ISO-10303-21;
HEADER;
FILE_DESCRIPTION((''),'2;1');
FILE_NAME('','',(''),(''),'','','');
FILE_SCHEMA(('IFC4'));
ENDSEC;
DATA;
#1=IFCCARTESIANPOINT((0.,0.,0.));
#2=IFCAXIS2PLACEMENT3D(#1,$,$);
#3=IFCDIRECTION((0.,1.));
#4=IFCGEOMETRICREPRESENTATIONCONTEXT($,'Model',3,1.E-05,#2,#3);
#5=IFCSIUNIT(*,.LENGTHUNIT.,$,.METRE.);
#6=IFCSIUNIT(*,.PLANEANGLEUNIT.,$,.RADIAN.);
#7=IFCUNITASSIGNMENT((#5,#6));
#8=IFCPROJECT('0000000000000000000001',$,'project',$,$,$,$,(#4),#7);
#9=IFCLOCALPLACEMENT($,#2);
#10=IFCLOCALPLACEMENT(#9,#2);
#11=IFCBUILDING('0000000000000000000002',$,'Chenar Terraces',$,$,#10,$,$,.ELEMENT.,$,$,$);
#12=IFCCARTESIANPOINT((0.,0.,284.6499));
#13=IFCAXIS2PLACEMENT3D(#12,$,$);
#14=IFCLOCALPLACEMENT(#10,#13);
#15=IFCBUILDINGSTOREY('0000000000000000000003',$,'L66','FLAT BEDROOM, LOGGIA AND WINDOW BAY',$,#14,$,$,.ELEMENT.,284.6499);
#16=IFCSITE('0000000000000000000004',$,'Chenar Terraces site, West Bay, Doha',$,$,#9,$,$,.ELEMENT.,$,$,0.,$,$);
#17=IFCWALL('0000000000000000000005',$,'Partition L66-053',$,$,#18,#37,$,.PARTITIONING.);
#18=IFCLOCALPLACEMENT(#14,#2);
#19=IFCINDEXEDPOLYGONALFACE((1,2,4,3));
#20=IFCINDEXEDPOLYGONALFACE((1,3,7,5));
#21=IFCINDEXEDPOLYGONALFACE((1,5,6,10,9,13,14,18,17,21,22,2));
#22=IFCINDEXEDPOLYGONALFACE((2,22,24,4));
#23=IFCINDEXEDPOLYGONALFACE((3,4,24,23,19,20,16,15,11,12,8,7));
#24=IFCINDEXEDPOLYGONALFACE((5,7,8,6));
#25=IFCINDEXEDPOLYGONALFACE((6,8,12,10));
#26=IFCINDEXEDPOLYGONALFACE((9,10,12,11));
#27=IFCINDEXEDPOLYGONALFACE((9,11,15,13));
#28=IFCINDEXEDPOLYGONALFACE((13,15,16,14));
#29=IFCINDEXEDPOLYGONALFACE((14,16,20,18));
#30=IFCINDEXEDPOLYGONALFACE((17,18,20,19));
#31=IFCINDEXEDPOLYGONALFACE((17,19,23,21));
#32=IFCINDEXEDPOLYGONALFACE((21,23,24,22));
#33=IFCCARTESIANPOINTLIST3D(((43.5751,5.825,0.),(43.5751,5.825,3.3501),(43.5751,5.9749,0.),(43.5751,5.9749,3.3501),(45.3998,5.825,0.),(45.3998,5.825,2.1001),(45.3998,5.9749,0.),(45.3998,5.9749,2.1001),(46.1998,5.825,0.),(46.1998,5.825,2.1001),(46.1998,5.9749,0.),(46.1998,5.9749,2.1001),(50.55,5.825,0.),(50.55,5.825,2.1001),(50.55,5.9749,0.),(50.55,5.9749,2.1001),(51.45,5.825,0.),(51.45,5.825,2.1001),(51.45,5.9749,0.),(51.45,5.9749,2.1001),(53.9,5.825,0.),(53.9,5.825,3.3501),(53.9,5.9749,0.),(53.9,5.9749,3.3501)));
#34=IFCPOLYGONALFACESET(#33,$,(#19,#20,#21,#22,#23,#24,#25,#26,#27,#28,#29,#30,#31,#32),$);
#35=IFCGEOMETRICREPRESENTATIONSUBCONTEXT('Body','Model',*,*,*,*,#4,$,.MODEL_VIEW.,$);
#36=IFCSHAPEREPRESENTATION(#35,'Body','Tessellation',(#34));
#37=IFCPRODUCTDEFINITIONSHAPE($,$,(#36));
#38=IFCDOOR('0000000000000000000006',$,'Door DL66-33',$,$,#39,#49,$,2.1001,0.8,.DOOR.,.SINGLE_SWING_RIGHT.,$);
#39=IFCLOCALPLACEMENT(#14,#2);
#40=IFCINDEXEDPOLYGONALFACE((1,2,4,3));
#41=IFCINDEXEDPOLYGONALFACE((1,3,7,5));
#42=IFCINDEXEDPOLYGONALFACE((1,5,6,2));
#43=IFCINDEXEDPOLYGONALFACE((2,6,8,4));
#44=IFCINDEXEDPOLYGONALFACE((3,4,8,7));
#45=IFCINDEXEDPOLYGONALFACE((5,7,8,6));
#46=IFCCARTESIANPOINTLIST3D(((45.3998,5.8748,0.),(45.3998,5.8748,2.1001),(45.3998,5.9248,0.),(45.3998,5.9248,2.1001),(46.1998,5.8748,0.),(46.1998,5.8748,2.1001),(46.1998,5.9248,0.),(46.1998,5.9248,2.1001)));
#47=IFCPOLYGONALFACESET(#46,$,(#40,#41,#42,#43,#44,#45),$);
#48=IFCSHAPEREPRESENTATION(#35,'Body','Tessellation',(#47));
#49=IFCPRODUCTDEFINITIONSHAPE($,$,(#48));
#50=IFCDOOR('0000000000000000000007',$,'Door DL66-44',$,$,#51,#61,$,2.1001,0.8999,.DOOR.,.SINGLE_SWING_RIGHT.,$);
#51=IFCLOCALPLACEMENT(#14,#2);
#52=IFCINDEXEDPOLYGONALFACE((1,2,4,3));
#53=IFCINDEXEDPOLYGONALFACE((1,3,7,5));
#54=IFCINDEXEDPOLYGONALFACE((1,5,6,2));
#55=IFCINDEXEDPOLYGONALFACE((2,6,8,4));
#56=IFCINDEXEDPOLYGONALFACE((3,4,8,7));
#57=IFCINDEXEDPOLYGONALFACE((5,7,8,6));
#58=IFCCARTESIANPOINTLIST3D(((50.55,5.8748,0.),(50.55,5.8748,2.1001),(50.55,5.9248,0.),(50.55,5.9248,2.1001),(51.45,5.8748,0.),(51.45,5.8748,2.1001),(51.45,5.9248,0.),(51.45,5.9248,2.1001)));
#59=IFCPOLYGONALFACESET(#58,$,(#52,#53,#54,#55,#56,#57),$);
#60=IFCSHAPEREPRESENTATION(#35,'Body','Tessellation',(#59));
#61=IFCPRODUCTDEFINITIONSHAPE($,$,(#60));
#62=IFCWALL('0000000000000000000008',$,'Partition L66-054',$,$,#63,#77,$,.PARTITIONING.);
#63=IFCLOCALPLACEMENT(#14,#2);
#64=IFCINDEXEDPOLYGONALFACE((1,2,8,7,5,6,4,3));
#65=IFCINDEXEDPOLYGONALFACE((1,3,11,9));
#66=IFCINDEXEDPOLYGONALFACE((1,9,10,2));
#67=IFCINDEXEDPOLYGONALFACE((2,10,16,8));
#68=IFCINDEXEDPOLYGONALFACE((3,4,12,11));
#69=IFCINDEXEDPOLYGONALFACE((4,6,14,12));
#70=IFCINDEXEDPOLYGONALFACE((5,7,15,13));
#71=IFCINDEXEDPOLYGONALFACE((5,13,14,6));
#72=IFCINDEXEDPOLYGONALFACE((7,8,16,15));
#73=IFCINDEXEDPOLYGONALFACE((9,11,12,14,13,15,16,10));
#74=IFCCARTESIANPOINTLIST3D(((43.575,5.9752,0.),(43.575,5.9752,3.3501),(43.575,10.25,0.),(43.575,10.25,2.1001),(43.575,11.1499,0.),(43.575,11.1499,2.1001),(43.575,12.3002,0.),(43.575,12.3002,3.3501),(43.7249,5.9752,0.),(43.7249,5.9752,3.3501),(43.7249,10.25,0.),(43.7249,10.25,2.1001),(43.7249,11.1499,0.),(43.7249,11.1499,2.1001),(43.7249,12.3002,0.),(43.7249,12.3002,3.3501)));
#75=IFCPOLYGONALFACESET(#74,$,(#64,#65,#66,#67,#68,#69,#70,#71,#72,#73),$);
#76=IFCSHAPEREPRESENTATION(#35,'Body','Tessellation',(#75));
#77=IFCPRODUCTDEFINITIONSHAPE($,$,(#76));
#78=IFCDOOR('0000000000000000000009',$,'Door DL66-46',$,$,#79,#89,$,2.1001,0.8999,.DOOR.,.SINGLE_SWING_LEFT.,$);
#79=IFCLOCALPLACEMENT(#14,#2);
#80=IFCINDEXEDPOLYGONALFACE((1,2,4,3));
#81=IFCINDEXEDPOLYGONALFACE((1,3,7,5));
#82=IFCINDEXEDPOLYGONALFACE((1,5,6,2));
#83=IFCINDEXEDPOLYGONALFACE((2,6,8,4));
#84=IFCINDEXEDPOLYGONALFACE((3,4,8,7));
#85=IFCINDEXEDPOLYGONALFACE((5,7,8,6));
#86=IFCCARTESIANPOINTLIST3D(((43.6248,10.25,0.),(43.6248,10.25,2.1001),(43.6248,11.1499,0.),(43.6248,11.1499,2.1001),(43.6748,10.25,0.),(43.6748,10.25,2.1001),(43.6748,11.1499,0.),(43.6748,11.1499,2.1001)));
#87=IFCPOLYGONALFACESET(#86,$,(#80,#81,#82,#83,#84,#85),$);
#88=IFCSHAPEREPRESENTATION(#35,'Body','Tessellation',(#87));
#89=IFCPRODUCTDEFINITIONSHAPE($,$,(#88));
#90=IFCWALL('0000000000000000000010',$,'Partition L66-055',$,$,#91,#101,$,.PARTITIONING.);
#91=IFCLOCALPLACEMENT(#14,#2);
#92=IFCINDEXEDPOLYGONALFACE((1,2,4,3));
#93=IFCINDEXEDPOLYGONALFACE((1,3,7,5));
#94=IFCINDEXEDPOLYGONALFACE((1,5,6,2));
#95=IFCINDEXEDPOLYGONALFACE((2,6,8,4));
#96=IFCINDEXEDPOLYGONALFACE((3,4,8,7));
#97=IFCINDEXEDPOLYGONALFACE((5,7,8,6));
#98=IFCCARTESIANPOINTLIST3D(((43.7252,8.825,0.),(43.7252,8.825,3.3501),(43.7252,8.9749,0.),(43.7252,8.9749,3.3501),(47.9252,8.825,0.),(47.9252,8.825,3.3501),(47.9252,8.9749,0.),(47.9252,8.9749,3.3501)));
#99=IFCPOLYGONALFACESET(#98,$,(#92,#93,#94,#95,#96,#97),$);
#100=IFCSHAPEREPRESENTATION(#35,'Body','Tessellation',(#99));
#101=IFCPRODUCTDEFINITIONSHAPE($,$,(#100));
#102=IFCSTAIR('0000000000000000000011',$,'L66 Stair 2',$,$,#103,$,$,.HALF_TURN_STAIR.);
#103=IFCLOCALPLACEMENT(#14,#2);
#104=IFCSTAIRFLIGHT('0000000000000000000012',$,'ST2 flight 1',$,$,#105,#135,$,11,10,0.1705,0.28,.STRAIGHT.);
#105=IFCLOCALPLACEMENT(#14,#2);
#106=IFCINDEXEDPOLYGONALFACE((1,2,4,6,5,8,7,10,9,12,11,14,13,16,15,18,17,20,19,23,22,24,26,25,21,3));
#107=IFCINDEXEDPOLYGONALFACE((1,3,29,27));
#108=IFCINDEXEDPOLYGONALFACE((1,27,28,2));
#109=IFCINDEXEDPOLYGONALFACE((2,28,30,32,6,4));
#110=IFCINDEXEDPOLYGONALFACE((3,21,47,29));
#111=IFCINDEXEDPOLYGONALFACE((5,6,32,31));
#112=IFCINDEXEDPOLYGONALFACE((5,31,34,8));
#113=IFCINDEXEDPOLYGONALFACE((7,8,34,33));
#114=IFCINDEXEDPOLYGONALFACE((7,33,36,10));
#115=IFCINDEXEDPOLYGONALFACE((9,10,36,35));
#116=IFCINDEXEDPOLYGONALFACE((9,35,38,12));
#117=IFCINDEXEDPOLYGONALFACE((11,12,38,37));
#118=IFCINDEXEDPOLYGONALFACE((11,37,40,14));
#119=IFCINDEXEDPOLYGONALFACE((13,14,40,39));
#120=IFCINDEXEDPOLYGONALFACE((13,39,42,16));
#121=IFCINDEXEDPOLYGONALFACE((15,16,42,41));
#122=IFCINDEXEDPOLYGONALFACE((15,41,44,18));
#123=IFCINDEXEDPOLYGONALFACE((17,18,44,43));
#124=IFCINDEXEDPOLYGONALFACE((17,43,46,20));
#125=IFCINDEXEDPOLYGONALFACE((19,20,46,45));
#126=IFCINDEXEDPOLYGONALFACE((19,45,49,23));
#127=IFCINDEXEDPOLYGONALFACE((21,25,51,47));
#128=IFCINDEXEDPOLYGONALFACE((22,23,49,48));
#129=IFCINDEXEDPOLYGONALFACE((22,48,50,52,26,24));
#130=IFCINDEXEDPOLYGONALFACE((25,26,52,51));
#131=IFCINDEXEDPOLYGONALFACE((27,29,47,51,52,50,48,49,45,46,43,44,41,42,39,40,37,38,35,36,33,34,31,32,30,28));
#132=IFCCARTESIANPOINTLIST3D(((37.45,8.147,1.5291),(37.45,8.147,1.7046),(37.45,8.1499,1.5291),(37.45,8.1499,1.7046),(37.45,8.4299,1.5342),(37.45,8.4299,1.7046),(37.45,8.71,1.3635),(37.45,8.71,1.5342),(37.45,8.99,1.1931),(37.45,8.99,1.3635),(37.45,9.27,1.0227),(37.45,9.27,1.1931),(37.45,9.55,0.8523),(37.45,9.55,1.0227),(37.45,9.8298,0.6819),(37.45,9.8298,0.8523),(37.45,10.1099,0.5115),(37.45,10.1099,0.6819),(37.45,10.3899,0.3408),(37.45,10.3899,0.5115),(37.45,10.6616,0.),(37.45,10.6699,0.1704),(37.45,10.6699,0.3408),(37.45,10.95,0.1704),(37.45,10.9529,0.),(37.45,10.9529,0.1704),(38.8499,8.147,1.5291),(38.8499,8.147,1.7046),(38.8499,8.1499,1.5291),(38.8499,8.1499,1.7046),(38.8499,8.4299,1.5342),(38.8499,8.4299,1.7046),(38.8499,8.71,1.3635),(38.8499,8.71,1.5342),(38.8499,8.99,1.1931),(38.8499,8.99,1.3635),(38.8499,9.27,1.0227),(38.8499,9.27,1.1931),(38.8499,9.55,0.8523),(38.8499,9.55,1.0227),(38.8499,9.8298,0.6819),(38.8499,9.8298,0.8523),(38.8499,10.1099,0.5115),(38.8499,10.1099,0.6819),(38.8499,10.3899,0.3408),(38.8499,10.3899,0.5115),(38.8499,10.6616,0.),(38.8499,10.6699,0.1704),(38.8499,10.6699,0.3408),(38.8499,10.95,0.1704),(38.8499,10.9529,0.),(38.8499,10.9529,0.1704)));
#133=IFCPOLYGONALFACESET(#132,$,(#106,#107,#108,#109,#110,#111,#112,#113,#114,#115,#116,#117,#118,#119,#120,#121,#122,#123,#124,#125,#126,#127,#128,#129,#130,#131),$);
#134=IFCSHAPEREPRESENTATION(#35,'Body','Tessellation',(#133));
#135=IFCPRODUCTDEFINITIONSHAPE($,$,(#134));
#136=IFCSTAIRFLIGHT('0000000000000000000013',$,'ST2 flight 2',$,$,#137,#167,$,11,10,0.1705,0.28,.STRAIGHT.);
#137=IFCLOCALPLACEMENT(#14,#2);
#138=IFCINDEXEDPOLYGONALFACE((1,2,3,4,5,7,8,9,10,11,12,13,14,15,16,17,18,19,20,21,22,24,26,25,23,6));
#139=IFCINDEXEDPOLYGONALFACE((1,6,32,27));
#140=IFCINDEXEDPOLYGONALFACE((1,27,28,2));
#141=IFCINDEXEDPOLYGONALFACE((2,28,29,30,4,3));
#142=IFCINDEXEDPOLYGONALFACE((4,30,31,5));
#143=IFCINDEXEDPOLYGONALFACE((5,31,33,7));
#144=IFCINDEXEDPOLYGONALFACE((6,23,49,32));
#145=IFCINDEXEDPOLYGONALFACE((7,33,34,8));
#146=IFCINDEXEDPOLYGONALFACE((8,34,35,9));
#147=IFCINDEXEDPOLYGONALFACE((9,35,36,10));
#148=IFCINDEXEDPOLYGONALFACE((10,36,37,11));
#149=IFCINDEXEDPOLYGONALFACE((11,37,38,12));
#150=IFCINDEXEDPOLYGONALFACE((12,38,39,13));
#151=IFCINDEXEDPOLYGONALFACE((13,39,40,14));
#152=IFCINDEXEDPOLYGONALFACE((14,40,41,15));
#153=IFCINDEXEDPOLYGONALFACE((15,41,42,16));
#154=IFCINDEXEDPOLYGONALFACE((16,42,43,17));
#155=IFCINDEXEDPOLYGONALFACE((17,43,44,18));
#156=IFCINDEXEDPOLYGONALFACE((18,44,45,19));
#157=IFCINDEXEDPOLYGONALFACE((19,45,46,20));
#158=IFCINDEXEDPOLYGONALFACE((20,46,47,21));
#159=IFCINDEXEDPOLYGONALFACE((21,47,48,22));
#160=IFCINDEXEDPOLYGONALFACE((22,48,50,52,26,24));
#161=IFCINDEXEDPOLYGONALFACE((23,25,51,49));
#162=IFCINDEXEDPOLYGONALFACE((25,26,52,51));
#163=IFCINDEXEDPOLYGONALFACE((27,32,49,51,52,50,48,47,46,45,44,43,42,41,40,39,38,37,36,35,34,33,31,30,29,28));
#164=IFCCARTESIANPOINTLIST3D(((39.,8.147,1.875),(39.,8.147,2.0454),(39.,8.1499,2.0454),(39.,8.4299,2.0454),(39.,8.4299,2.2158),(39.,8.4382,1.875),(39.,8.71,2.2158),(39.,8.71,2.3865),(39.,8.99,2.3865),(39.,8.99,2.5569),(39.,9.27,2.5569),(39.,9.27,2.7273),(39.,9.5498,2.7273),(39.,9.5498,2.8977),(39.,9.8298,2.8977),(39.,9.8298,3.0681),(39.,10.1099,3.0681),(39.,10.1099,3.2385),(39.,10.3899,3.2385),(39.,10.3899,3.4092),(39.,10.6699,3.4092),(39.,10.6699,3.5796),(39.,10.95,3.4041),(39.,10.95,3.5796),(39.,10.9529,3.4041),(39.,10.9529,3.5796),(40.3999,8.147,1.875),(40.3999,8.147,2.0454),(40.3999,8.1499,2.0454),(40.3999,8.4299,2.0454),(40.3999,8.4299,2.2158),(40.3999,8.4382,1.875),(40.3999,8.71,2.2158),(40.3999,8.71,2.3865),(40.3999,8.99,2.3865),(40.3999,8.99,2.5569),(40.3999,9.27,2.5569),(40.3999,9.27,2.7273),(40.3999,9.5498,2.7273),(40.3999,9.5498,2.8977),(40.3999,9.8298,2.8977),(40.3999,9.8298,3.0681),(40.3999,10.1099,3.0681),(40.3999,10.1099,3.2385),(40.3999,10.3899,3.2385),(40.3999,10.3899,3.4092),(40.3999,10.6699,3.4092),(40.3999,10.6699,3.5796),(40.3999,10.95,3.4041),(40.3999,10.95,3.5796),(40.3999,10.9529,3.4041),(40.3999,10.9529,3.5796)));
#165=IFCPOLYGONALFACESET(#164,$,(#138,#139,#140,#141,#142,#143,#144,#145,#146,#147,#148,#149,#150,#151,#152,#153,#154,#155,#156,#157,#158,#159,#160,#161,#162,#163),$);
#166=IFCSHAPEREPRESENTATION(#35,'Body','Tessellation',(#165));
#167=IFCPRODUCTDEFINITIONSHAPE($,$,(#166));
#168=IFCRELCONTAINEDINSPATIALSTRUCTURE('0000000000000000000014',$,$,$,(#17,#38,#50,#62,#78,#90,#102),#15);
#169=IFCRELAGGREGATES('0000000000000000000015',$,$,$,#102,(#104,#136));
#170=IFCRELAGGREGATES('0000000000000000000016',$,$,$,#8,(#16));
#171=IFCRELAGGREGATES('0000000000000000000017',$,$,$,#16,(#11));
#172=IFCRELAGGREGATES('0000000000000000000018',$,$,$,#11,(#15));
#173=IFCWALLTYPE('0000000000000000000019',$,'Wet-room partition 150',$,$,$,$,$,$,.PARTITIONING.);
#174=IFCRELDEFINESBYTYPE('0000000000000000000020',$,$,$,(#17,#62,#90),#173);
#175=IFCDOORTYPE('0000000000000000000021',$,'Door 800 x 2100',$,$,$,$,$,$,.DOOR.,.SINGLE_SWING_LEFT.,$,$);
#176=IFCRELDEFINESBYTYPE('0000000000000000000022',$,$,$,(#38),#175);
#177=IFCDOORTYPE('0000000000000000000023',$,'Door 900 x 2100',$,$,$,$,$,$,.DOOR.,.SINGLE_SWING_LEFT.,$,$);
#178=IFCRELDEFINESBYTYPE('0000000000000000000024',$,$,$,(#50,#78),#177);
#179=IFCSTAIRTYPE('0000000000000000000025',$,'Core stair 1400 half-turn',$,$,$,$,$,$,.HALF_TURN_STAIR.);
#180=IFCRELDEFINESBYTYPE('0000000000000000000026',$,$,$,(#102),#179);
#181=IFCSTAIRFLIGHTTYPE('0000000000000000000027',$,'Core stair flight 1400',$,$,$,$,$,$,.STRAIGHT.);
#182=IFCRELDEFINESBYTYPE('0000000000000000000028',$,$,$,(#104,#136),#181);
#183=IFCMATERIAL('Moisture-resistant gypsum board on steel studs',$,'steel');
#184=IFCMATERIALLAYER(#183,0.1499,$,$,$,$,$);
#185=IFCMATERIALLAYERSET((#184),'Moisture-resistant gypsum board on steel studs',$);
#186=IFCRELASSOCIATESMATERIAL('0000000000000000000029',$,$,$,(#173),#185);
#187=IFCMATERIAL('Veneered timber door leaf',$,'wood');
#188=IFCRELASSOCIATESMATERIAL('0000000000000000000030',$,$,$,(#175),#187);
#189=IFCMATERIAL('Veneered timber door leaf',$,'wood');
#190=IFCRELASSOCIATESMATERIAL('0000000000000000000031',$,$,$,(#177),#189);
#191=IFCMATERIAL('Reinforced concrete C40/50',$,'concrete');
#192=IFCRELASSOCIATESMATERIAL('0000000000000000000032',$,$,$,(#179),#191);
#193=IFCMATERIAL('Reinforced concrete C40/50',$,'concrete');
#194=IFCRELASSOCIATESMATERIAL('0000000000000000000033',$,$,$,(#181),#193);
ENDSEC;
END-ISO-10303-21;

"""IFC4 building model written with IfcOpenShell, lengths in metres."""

from ifc_helpers import new_model, si_unit, direction, frame, frame_2d, origin, place, context, subcontext, project, spatial, polyline, rectangle, outline, extrude, material, layer, layer_set, type_object, element, fill, aggregate, save


model = new_model("IFC4")

# Units and contexts
model_context = context("Model", 3, precision=1e-05, world=origin(), true_north=direction((0.0, 1.0)))
body_context = subcontext(model_context, "Body", "Model", "MODEL_VIEW")
ifc_project = project(units=[si_unit("LENGTHUNIT", "METRE"), si_unit("PLANEANGLEUNIT", "RADIAN")], contexts=[model_context])

# Site, building, storey
site_placement = place(None, origin())
site = spatial("IfcSite", under=ifc_project, at=site_placement, Name="Chenar Terraces site, West Bay, Doha", CompositionType="ELEMENT", RefElevation=0.0)
building_placement = place(site_placement, origin())
building = spatial("IfcBuilding", under=site, at=building_placement, Name="Chenar Terraces", CompositionType="ELEMENT")
storey_placement = place(building_placement, frame((0.0, 0.0, 284.6499)))
storey = spatial("IfcBuildingStorey", under=building, at=storey_placement, Name="L66", Description="FLAT BEDROOM, LOGGIA AND WINDOW BAY", CompositionType="ELEMENT", Elevation=284.6499)

# Wall, openings, doors
ifc_material_1 = material(Name="Moisture-resistant gypsum board on steel studs", Category="steel")
ifc_layer_1 = layer(ifc_material_1, 0.1499)
ifc_layer_set_1 = layer_set([ifc_layer_1], Name="Moisture-resistant gypsum board on steel studs")
wall_type_1 = type_object("IfcWallType", Name="Wet-room partition 150", PredefinedType="PARTITIONING", material=ifc_layer_set_1)
wall_1_placement = place(storey_placement, frame((43.575, 5.8999, 0.0), z_axis=(0.0, 0.0, 1.0), x_axis=(1.0, 0.0, 0.0)))
wall_1 = element("IfcWall", 1, at=wall_1_placement, inside=storey, type_object=wall_type_1, Name="Partition L66-053", PredefinedType="PARTITIONING", context=body_context, shape_type="SweptSolid", body=[
    extrude(rectangle(XDim=10.325, YDim=0.1499, at=frame_2d((5.1626, 0.0))), origin(), (0.0, 0.0, 1.0), 3.3501),
])
opening_1_placement = place(wall_1_placement, frame((1.825, 0.0, 0.0)))
opening_1 = element("IfcOpeningElement", 2, at=opening_1_placement, cuts=wall_1, PredefinedType="OPENING", context=body_context, shape_type="SweptSolid", body=[
    extrude(rectangle(XDim=0.8, YDim=2.1001, at=frame_2d((0.3999, 1.05))), frame((0.0, 0.085, 0.0), z_axis=(0.0, -1.0, 0.0), x_axis=(1.0, 0.0, 0.0)), (0.0, 0.0, 1.0), 0.1699),
])
opening_2_placement = place(wall_1_placement, frame((6.9751, 0.0, 0.0)))
opening_2 = element("IfcOpeningElement", 3, at=opening_2_placement, cuts=wall_1, PredefinedType="OPENING", context=body_context, shape_type="SweptSolid", body=[
    extrude(rectangle(XDim=0.8999, YDim=2.1001, at=frame_2d((0.45, 1.05))), frame((0.0, 0.085, 0.0), z_axis=(0.0, -1.0, 0.0), x_axis=(1.0, 0.0, 0.0)), (0.0, 0.0, 1.0), 0.1699),
])
ifc_material_2 = material(Name="Veneered timber door leaf", Category="wood")
door_type_1 = type_object("IfcDoorType", Name="Door 800 x 2100", OperationType="SINGLE_SWING_LEFT", PredefinedType="DOOR", material=ifc_material_2)
door_1_placement = place(opening_1_placement, origin())
door_1 = element("IfcDoor", 4, at=door_1_placement, inside=storey, type_object=door_type_1, Name="Door DL66-33", OperationType="SINGLE_SWING_RIGHT", OverallHeight=2.1001, OverallWidth=0.8, PredefinedType="DOOR", context=body_context, shape_type="SweptSolid", body=[
    extrude(rectangle(XDim=0.8, YDim=2.1001, at=frame_2d((0.3999, 1.05))), frame((0.0, 0.0249, 0.0), z_axis=(0.0, -1.0, 0.0), x_axis=(1.0, 0.0, 0.0)), (0.0, 0.0, 1.0), 0.05),
])
fill(opening_1, door_1)
ifc_material_3 = material(Name="Veneered timber door leaf", Category="wood")
door_type_2 = type_object("IfcDoorType", Name="Door 900 x 2100", OperationType="SINGLE_SWING_LEFT", PredefinedType="DOOR", material=ifc_material_3)
door_2_placement = place(opening_2_placement, origin())
door_2 = element("IfcDoor", 5, at=door_2_placement, inside=storey, type_object=door_type_2, Name="Door DL66-44", OperationType="SINGLE_SWING_RIGHT", OverallHeight=2.1001, OverallWidth=0.8999, PredefinedType="DOOR", context=body_context, shape_type="SweptSolid", body=[
    extrude(rectangle(XDim=0.8999, YDim=2.1001, at=frame_2d((0.45, 1.05))), frame((0.0, 0.0249, 0.0), z_axis=(0.0, -1.0, 0.0), x_axis=(1.0, 0.0, 0.0)), (0.0, 0.0, 1.0), 0.05),
])
fill(opening_2, door_2)

# Wall, opening, door
wall_2_placement = place(storey_placement, frame((43.6499, 5.9751, 0.0), z_axis=(0.0, 0.0, 1.0), x_axis=(0.0, 1.0, 0.0)))
wall_2 = element("IfcWall", 6, at=wall_2_placement, inside=storey, type_object=wall_type_1, Name="Partition L66-054", PredefinedType="PARTITIONING", context=body_context, shape_type="SweptSolid", body=[
    extrude(rectangle(XDim=6.325, YDim=0.1499, at=frame_2d((3.1626, 0.0))), origin(), (0.0, 0.0, 1.0), 3.3501),
])
opening_3_placement = place(wall_2_placement, frame((4.2749, 0.0, 0.0)))
opening_3 = element("IfcOpeningElement", 7, at=opening_3_placement, cuts=wall_2, PredefinedType="OPENING", context=body_context, shape_type="SweptSolid", body=[
    extrude(rectangle(XDim=0.8999, YDim=2.1001, at=frame_2d((0.45, 1.05))), frame((0.0, 0.085, 0.0), z_axis=(0.0, -1.0, 0.0), x_axis=(1.0, 0.0, 0.0)), (0.0, 0.0, 1.0), 0.1699),
])
door_3_placement = place(opening_3_placement, frame((0.8999, 0.0, 0.0), z_axis=(0.0, 0.0, 1.0), x_axis=(-1.0, 0.0, 0.0)))
door_3 = element("IfcDoor", 8, at=door_3_placement, inside=storey, type_object=door_type_2, Name="Door DL66-46", OperationType="SINGLE_SWING_LEFT", OverallHeight=2.1001, OverallWidth=0.8999, PredefinedType="DOOR", context=body_context, shape_type="SweptSolid", body=[
    extrude(rectangle(XDim=0.8999, YDim=2.1001, at=frame_2d((0.45, 1.05))), frame((0.0, 0.0249, 0.0), z_axis=(0.0, -1.0, 0.0), x_axis=(1.0, 0.0, 0.0)), (0.0, 0.0, 1.0), 0.05),
])
fill(opening_3, door_3)

# Wall
wall_3_placement = place(storey_placement, frame((43.7251, 8.8999, 0.0), z_axis=(0.0, 0.0, 1.0), x_axis=(1.0, 0.0, 0.0)))
element("IfcWall", 9, at=wall_3_placement, inside=storey, type_object=wall_type_1, Name="Partition L66-055", PredefinedType="PARTITIONING", context=body_context, shape_type="SweptSolid", body=[
    extrude(rectangle(XDim=4.2, YDim=0.1499, at=frame_2d((2.1001, 0.0))), origin(), (0.0, 0.0, 1.0), 3.3501),
])

# Stair, stair flights
ifc_material_4 = material(Name="Reinforced concrete C40/50", Category="concrete")
stair_type = type_object("IfcStairType", Name="Core stair 1400 half-turn", PredefinedType="HALF_TURN_STAIR", material=ifc_material_4)
stair_placement = place(storey_placement, origin())
stair = element("IfcStair", 10, at=stair_placement, inside=storey, type_object=stair_type, Name="L66 Stair 2", PredefinedType="HALF_TURN_STAIR")
ifc_material_5 = material(Name="Reinforced concrete C40/50", Category="concrete")
stair_flight_type = type_object("IfcStairFlightType", Name="Core stair flight 1400", PredefinedType="STRAIGHT", material=ifc_material_5)
stair_flight_1_placement = place(storey_placement, frame((38.1499, 10.95, 0.0), z_axis=(0.0, 0.0, 1.0), x_axis=(0.0, -1.0, 0.0)))
stair_flight_1 = element("IfcStairFlight", 11, at=stair_flight_1_placement, type_object=stair_flight_type, Name="ST2 flight 1", NumberOfRisers=11, NumberOfTreads=10, PredefinedType="STRAIGHT", RiserHeight=0.1705, TreadLength=0.28, context=body_context, shape_type="SweptSolid", body=[
    extrude(outline(polyline([(-0.0029, 0.0), (-0.0029, 0.1704), (0.0, 0.1704), (0.28, 0.1704), (0.28, 0.3408), (0.5601, 0.3408), (0.5601, 0.5115), (0.8401, 0.5115), (0.8401, 0.6819), (1.1201, 0.6819), (1.1201, 0.8523), (1.3999, 0.8523), (1.3999, 1.0227), (1.6799, 1.0227), (1.6799, 1.1931), (1.96, 1.1931), (1.96, 1.3635), (2.24, 1.3635), (2.24, 1.5342), (2.52, 1.5342), (2.52, 1.7046), (2.8, 1.7046), (2.803, 1.7046), (2.803, 1.5291), (2.8, 1.5291), (0.2883, 0.0), (-0.0029, 0.0)])), frame((0.0, 0.7, 0.0), z_axis=(0.0, -1.0, 0.0), x_axis=(1.0, 0.0, 0.0)), (0.0, 0.0, 1.0), 1.3999),
])
stair_flight_2_placement = place(storey_placement, frame((39.7, 8.1499, 1.875), z_axis=(0.0, 0.0, 1.0), x_axis=(0.0, 1.0, 0.0)))
stair_flight_2 = element("IfcStairFlight", 12, at=stair_flight_2_placement, type_object=stair_flight_type, Name="ST2 flight 2", NumberOfRisers=11, NumberOfTreads=10, PredefinedType="STRAIGHT", RiserHeight=0.1705, TreadLength=0.28, context=body_context, shape_type="SweptSolid", body=[
    extrude(outline(polyline([(-0.0029, 0.0), (-0.0029, 0.1704), (0.0, 0.1704), (0.28, 0.1704), (0.28, 0.3408), (0.5601, 0.3408), (0.5601, 0.5115), (0.8401, 0.5115), (0.8401, 0.6819), (1.1201, 0.6819), (1.1201, 0.8523), (1.3999, 0.8523), (1.3999, 1.0227), (1.6799, 1.0227), (1.6799, 1.1931), (1.96, 1.1931), (1.96, 1.3635), (2.24, 1.3635), (2.24, 1.5342), (2.52, 1.5342), (2.52, 1.7046), (2.8, 1.7046), (2.803, 1.7046), (2.803, 1.5291), (2.8, 1.5291), (0.2883, 0.0), (-0.0029, 0.0)])), frame((0.0, 0.7, 0.0), z_axis=(0.0, -1.0, 0.0), x_axis=(1.0, 0.0, 0.0)), (0.0, 0.0, 1.0), 1.3999),
])
aggregate(stair, [stair_flight_1, stair_flight_2])

save(model, "model.ifc")
